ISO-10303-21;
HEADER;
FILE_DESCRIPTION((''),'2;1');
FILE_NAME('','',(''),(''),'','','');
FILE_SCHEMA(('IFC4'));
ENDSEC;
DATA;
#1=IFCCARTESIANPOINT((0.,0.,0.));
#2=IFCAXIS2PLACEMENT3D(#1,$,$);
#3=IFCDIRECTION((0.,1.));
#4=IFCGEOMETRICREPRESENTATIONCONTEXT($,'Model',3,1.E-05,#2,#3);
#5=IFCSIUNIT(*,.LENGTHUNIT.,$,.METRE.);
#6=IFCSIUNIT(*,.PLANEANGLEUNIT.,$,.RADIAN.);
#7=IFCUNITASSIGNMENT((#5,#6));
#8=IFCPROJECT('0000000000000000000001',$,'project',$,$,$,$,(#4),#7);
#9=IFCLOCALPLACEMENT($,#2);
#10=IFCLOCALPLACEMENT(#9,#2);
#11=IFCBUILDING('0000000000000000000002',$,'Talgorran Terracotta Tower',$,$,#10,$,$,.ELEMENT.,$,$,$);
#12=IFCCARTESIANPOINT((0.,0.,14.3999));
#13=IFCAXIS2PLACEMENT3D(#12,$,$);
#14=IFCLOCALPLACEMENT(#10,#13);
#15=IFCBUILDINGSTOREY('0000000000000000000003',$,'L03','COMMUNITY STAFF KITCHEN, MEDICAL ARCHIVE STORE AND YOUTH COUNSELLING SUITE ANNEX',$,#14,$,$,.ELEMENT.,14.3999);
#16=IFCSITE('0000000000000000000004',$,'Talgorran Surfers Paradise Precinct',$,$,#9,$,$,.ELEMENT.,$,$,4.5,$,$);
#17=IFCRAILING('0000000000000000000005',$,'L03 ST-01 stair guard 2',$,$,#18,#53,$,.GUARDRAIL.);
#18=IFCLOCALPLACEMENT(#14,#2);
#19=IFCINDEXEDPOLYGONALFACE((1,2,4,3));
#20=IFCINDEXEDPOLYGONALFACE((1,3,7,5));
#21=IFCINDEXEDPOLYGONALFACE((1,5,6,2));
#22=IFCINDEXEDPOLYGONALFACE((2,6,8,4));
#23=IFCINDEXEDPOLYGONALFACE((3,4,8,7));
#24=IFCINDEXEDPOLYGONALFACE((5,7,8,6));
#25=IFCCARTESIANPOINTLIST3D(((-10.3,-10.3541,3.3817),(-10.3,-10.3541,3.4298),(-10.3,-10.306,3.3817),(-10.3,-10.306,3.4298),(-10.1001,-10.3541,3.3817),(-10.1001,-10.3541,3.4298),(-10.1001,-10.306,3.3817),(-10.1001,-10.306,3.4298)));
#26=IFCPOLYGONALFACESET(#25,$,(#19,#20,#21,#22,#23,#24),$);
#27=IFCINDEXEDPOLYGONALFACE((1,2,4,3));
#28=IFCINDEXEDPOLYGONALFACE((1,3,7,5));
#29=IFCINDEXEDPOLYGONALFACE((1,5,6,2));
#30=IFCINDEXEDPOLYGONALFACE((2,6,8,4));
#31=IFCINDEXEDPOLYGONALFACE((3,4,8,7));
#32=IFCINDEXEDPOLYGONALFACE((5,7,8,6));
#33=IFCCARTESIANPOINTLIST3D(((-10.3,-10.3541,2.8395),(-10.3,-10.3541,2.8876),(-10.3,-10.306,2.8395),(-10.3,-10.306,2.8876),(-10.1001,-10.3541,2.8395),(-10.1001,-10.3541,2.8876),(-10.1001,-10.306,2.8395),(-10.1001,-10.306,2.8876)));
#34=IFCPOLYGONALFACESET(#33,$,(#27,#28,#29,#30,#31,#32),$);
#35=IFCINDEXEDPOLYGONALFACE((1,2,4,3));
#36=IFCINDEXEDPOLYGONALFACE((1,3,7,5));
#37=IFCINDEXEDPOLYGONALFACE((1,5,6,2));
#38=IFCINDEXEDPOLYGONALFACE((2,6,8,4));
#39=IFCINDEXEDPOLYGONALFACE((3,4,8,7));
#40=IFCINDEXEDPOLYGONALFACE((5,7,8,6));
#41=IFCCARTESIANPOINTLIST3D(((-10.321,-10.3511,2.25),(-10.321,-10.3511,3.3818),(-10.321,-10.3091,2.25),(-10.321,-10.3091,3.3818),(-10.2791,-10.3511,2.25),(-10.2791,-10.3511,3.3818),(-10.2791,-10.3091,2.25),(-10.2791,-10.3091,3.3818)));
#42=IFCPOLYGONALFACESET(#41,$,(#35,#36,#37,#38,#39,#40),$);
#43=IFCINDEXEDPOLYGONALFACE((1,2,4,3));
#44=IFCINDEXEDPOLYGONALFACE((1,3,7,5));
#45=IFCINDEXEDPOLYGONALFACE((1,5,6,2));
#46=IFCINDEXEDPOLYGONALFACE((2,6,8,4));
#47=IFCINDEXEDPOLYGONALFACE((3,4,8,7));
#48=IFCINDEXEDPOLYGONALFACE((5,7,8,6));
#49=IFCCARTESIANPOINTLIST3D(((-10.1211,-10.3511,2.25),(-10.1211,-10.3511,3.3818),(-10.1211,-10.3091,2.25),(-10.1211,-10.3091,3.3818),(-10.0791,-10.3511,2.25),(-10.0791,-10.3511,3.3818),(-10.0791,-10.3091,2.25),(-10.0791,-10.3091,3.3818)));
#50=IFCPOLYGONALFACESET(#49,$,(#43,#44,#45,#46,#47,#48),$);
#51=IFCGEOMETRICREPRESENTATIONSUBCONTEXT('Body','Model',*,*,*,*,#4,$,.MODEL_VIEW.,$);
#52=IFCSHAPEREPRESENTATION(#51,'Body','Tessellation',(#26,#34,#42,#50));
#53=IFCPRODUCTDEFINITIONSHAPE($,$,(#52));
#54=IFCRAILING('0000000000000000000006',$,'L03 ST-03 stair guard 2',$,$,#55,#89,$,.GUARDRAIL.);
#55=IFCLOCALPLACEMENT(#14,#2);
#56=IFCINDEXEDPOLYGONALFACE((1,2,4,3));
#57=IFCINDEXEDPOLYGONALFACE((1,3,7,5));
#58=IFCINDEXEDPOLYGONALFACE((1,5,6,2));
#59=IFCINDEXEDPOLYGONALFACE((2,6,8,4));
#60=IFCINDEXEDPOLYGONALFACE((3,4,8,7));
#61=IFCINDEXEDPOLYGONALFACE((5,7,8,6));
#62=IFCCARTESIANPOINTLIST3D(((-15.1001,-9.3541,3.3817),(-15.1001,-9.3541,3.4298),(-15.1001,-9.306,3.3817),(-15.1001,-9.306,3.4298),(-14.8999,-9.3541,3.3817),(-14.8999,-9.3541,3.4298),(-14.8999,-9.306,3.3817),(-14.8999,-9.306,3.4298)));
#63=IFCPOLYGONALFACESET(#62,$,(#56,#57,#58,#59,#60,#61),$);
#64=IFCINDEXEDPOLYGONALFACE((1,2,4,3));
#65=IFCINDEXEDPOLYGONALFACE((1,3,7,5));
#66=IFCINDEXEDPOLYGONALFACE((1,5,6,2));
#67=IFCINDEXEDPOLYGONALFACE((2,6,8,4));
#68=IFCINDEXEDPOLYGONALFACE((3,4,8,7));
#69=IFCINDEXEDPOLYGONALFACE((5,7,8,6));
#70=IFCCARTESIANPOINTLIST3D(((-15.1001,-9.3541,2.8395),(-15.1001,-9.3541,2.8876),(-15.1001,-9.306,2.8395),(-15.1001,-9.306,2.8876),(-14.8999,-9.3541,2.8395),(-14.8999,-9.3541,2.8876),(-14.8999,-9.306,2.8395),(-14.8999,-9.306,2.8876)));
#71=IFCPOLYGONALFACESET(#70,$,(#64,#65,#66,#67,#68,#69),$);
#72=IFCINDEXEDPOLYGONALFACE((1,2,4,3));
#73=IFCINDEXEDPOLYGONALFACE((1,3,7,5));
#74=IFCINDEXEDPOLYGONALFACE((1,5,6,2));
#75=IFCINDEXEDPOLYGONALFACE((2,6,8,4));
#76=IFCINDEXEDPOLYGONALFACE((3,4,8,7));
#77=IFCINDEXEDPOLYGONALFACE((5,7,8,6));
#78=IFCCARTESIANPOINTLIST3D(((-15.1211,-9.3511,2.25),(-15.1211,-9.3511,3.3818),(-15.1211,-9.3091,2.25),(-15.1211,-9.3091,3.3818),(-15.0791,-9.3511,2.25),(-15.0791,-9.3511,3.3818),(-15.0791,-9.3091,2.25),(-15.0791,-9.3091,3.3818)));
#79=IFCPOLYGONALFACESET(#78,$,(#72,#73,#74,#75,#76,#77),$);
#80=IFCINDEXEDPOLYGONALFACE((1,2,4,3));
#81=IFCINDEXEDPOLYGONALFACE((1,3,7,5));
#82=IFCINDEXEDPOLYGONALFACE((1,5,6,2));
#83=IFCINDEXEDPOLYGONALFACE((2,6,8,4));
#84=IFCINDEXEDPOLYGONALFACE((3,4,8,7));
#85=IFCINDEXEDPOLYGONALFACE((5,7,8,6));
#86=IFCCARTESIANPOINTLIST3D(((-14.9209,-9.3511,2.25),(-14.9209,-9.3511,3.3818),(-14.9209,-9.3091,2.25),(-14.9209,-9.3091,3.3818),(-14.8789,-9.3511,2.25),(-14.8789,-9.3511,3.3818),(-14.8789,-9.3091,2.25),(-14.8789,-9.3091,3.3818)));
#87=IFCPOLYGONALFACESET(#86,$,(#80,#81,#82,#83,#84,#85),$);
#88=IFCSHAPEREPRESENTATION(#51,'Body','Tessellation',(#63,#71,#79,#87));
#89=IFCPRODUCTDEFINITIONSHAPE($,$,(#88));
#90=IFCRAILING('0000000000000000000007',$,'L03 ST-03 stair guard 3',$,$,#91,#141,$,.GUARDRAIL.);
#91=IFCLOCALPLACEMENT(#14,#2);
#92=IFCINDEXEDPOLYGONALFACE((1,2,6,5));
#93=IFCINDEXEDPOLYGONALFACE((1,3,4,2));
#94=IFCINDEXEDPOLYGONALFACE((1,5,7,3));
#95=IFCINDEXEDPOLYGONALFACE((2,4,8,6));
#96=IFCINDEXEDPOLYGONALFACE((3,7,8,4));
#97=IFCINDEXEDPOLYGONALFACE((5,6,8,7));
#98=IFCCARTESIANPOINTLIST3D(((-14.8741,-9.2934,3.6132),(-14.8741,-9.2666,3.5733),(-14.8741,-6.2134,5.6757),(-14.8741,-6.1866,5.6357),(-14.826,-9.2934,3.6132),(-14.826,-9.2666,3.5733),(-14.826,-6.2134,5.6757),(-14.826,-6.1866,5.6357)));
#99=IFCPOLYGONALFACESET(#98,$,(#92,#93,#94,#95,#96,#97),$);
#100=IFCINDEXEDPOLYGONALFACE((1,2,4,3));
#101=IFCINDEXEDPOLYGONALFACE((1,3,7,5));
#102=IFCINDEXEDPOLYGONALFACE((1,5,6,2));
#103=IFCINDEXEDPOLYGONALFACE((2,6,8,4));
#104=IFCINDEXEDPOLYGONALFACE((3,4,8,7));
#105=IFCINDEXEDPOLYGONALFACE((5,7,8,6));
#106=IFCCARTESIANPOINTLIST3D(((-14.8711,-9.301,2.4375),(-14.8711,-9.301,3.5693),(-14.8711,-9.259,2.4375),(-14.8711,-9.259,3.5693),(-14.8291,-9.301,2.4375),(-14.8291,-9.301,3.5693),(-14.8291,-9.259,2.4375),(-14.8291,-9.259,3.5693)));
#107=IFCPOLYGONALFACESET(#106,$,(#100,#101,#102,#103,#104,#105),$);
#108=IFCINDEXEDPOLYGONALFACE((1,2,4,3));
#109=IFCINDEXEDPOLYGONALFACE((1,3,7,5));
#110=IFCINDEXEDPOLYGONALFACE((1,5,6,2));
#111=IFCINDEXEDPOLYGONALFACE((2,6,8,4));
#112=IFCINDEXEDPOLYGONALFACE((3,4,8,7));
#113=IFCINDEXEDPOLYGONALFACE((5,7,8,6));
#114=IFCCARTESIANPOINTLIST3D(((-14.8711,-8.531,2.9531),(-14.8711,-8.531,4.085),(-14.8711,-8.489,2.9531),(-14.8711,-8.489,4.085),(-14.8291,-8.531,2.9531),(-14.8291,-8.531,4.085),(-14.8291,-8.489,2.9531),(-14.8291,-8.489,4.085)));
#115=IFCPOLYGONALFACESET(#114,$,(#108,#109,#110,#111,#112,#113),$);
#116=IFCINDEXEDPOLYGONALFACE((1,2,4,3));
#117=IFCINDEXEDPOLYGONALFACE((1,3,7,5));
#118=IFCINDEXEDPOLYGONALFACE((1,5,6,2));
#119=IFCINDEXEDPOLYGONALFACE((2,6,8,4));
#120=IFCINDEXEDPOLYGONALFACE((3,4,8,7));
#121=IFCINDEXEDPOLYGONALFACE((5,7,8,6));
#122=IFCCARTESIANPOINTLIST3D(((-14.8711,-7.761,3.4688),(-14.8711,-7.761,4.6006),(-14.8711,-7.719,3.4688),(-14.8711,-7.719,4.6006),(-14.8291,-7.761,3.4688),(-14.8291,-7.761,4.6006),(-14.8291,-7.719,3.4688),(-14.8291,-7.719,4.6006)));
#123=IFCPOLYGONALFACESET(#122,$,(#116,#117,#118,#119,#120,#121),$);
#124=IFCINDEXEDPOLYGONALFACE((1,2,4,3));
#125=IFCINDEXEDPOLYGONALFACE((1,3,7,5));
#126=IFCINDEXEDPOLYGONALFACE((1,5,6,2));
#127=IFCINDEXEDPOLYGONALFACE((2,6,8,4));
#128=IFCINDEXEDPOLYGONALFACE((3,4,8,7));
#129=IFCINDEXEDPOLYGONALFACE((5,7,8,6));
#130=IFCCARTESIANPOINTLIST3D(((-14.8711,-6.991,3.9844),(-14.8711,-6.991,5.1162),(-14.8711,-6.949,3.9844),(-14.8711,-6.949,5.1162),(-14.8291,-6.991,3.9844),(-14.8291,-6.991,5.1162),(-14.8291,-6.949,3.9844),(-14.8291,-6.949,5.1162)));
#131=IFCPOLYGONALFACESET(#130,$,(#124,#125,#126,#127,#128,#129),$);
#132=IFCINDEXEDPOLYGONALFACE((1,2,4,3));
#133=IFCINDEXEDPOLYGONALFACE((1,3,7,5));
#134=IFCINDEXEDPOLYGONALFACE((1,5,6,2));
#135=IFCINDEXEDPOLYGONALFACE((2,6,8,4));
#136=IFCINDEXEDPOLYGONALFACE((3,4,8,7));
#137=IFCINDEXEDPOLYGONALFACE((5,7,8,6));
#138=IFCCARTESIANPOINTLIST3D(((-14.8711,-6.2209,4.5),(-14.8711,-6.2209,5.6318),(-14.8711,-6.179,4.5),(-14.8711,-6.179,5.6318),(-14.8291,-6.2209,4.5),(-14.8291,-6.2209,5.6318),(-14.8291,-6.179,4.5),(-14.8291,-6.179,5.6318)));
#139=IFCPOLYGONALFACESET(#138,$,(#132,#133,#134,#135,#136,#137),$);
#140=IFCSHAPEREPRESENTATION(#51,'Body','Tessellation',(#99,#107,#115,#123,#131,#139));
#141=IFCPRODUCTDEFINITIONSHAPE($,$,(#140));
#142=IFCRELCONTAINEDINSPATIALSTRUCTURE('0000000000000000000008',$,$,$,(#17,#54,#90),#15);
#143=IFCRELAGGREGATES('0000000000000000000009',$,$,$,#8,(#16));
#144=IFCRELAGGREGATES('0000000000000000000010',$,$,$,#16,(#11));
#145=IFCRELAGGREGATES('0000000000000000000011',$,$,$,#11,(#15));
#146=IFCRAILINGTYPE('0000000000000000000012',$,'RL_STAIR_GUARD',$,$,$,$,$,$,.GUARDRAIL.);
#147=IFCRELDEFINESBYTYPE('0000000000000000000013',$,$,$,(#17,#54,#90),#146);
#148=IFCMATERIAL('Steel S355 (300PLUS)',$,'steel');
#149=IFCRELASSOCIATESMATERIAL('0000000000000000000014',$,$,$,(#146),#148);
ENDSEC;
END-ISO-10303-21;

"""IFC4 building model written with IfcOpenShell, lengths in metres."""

from ifc_helpers import new_model, si_unit, direction, frame, origin, origin_2d, place, context, subcontext, project, spatial, rectangle, extrude, material, type_object, element, save


model = new_model("IFC4")

# Units and contexts
model_context = context("Model", 3, precision=1e-05, world=origin(), true_north=direction((0.0, 1.0)))
body_context = subcontext(model_context, "Body", "Model", "MODEL_VIEW")
ifc_project = project(units=[si_unit("LENGTHUNIT", "METRE"), si_unit("PLANEANGLEUNIT", "RADIAN")], contexts=[model_context])

# Site, building, storey
site_placement = place(None, origin())
site = spatial("IfcSite", under=ifc_project, at=site_placement, Name="Talgorran Surfers Paradise Precinct", CompositionType="ELEMENT", RefElevation=4.5)
building_placement = place(site_placement, origin())
building = spatial("IfcBuilding", under=site, at=building_placement, Name="Talgorran Terracotta Tower", CompositionType="ELEMENT")
storey_placement = place(building_placement, frame((0.0, 0.0, 14.3999)))
storey = spatial("IfcBuildingStorey", under=building, at=storey_placement, Name="L03", Description="COMMUNITY STAFF KITCHEN, MEDICAL ARCHIVE STORE AND YOUTH COUNSELLING SUITE ANNEX", CompositionType="ELEMENT", Elevation=14.3999)

# Shared definitions
ifc_material_1 = material(Name="Steel S355 (300PLUS)", Category="steel")

# Railings
railing_type = type_object("IfcRailingType", Name="RL_STAIR_GUARD", PredefinedType="GUARDRAIL", material=ifc_material_1)
railing_1_placement = place(storey_placement, frame((-10.3, -10.3301, 2.25)))
element("IfcRailing", 1, at=railing_1_placement, inside=storey, type_object=railing_type, Name="L03 ST-01 stair guard 2", PredefinedType="GUARDRAIL", context=body_context, shape_type="SweptSolid", body=[
    extrude(rectangle(XDim=0.0481, YDim=0.0481, at=origin_2d()), frame((0.0, 0.0, 1.1558), z_axis=(1.0, 0.0, 0.0), x_axis=(0.0, 1.0, 0.0)), (0.0, 0.0, 1.0), 0.2),
    extrude(rectangle(XDim=0.0481, YDim=0.0481, at=origin_2d()), frame((0.0, 0.0, 0.6135), z_axis=(1.0, 0.0, 0.0), x_axis=(0.0, 1.0, 0.0)), (0.0, 0.0, 1.0), 0.2),
    extrude(rectangle(XDim=0.042, YDim=0.042, at=origin_2d()), origin(), (0.0, 0.0, 1.0), 1.1318),
    extrude(rectangle(XDim=0.042, YDim=0.042, at=origin_2d()), frame((0.2, 0.0, 0.0)), (0.0, 0.0, 1.0), 1.1318),
])
railing_2_placement = place(storey_placement, frame((-15.1001, -9.3301, 2.25)))
element("IfcRailing", 2, at=railing_2_placement, inside=storey, type_object=railing_type, Name="L03 ST-03 stair guard 2", PredefinedType="GUARDRAIL", context=body_context, shape_type="SweptSolid", body=[
    extrude(rectangle(XDim=0.0481, YDim=0.0481, at=origin_2d()), frame((0.0, 0.0, 1.1558), z_axis=(1.0, 0.0, 0.0), x_axis=(0.0, 1.0, 0.0)), (0.0, 0.0, 1.0), 0.2002),
    extrude(rectangle(XDim=0.0481, YDim=0.0481, at=origin_2d()), frame((0.0, 0.0, 0.6135), z_axis=(1.0, 0.0, 0.0), x_axis=(0.0, 1.0, 0.0)), (0.0, 0.0, 1.0), 0.2002),
    extrude(rectangle(XDim=0.042, YDim=0.042, at=origin_2d()), origin(), (0.0, 0.0, 1.0), 1.1318),
    extrude(rectangle(XDim=0.042, YDim=0.042, at=origin_2d()), frame((0.2002, 0.0, 0.0)), (0.0, 0.0, 1.0), 1.1318),
])
railing_3_placement = place(storey_placement, frame((-14.8501, -9.28, 2.4375)))
element("IfcRailing", 3, at=railing_3_placement, inside=storey, type_object=railing_type, Name="L03 ST-03 stair guard 3", PredefinedType="GUARDRAIL", context=body_context, shape_type="SweptSolid", body=[
    extrude(rectangle(XDim=0.0481, YDim=0.0481, at=origin_2d()), frame((0.0, 0.0, 1.1558), z_axis=(0.0, 0.830914, 0.556401), x_axis=(-1.0, 0.0, 0.0)), (0.0, 0.0, 1.0), 3.7068),
    extrude(rectangle(XDim=0.042, YDim=0.042, at=origin_2d()), origin(), (0.0, 0.0, 1.0), 1.1318),
    extrude(rectangle(XDim=0.042, YDim=0.042, at=origin_2d()), frame((0.0, 0.77, 0.5156)), (0.0, 0.0, 1.0), 1.1318),
    extrude(rectangle(XDim=0.042, YDim=0.042, at=origin_2d()), frame((0.0, 1.54, 1.0312)), (0.0, 0.0, 1.0), 1.1318),
    extrude(rectangle(XDim=0.042, YDim=0.042, at=origin_2d()), frame((0.0, 2.3101, 1.5469)), (0.0, 0.0, 1.0), 1.1318),
    extrude(rectangle(XDim=0.042, YDim=0.042, at=origin_2d()), frame((0.0, 3.0801, 2.0625)), (0.0, 0.0, 1.0), 1.1318),
])

save(model, "model.ifc")
